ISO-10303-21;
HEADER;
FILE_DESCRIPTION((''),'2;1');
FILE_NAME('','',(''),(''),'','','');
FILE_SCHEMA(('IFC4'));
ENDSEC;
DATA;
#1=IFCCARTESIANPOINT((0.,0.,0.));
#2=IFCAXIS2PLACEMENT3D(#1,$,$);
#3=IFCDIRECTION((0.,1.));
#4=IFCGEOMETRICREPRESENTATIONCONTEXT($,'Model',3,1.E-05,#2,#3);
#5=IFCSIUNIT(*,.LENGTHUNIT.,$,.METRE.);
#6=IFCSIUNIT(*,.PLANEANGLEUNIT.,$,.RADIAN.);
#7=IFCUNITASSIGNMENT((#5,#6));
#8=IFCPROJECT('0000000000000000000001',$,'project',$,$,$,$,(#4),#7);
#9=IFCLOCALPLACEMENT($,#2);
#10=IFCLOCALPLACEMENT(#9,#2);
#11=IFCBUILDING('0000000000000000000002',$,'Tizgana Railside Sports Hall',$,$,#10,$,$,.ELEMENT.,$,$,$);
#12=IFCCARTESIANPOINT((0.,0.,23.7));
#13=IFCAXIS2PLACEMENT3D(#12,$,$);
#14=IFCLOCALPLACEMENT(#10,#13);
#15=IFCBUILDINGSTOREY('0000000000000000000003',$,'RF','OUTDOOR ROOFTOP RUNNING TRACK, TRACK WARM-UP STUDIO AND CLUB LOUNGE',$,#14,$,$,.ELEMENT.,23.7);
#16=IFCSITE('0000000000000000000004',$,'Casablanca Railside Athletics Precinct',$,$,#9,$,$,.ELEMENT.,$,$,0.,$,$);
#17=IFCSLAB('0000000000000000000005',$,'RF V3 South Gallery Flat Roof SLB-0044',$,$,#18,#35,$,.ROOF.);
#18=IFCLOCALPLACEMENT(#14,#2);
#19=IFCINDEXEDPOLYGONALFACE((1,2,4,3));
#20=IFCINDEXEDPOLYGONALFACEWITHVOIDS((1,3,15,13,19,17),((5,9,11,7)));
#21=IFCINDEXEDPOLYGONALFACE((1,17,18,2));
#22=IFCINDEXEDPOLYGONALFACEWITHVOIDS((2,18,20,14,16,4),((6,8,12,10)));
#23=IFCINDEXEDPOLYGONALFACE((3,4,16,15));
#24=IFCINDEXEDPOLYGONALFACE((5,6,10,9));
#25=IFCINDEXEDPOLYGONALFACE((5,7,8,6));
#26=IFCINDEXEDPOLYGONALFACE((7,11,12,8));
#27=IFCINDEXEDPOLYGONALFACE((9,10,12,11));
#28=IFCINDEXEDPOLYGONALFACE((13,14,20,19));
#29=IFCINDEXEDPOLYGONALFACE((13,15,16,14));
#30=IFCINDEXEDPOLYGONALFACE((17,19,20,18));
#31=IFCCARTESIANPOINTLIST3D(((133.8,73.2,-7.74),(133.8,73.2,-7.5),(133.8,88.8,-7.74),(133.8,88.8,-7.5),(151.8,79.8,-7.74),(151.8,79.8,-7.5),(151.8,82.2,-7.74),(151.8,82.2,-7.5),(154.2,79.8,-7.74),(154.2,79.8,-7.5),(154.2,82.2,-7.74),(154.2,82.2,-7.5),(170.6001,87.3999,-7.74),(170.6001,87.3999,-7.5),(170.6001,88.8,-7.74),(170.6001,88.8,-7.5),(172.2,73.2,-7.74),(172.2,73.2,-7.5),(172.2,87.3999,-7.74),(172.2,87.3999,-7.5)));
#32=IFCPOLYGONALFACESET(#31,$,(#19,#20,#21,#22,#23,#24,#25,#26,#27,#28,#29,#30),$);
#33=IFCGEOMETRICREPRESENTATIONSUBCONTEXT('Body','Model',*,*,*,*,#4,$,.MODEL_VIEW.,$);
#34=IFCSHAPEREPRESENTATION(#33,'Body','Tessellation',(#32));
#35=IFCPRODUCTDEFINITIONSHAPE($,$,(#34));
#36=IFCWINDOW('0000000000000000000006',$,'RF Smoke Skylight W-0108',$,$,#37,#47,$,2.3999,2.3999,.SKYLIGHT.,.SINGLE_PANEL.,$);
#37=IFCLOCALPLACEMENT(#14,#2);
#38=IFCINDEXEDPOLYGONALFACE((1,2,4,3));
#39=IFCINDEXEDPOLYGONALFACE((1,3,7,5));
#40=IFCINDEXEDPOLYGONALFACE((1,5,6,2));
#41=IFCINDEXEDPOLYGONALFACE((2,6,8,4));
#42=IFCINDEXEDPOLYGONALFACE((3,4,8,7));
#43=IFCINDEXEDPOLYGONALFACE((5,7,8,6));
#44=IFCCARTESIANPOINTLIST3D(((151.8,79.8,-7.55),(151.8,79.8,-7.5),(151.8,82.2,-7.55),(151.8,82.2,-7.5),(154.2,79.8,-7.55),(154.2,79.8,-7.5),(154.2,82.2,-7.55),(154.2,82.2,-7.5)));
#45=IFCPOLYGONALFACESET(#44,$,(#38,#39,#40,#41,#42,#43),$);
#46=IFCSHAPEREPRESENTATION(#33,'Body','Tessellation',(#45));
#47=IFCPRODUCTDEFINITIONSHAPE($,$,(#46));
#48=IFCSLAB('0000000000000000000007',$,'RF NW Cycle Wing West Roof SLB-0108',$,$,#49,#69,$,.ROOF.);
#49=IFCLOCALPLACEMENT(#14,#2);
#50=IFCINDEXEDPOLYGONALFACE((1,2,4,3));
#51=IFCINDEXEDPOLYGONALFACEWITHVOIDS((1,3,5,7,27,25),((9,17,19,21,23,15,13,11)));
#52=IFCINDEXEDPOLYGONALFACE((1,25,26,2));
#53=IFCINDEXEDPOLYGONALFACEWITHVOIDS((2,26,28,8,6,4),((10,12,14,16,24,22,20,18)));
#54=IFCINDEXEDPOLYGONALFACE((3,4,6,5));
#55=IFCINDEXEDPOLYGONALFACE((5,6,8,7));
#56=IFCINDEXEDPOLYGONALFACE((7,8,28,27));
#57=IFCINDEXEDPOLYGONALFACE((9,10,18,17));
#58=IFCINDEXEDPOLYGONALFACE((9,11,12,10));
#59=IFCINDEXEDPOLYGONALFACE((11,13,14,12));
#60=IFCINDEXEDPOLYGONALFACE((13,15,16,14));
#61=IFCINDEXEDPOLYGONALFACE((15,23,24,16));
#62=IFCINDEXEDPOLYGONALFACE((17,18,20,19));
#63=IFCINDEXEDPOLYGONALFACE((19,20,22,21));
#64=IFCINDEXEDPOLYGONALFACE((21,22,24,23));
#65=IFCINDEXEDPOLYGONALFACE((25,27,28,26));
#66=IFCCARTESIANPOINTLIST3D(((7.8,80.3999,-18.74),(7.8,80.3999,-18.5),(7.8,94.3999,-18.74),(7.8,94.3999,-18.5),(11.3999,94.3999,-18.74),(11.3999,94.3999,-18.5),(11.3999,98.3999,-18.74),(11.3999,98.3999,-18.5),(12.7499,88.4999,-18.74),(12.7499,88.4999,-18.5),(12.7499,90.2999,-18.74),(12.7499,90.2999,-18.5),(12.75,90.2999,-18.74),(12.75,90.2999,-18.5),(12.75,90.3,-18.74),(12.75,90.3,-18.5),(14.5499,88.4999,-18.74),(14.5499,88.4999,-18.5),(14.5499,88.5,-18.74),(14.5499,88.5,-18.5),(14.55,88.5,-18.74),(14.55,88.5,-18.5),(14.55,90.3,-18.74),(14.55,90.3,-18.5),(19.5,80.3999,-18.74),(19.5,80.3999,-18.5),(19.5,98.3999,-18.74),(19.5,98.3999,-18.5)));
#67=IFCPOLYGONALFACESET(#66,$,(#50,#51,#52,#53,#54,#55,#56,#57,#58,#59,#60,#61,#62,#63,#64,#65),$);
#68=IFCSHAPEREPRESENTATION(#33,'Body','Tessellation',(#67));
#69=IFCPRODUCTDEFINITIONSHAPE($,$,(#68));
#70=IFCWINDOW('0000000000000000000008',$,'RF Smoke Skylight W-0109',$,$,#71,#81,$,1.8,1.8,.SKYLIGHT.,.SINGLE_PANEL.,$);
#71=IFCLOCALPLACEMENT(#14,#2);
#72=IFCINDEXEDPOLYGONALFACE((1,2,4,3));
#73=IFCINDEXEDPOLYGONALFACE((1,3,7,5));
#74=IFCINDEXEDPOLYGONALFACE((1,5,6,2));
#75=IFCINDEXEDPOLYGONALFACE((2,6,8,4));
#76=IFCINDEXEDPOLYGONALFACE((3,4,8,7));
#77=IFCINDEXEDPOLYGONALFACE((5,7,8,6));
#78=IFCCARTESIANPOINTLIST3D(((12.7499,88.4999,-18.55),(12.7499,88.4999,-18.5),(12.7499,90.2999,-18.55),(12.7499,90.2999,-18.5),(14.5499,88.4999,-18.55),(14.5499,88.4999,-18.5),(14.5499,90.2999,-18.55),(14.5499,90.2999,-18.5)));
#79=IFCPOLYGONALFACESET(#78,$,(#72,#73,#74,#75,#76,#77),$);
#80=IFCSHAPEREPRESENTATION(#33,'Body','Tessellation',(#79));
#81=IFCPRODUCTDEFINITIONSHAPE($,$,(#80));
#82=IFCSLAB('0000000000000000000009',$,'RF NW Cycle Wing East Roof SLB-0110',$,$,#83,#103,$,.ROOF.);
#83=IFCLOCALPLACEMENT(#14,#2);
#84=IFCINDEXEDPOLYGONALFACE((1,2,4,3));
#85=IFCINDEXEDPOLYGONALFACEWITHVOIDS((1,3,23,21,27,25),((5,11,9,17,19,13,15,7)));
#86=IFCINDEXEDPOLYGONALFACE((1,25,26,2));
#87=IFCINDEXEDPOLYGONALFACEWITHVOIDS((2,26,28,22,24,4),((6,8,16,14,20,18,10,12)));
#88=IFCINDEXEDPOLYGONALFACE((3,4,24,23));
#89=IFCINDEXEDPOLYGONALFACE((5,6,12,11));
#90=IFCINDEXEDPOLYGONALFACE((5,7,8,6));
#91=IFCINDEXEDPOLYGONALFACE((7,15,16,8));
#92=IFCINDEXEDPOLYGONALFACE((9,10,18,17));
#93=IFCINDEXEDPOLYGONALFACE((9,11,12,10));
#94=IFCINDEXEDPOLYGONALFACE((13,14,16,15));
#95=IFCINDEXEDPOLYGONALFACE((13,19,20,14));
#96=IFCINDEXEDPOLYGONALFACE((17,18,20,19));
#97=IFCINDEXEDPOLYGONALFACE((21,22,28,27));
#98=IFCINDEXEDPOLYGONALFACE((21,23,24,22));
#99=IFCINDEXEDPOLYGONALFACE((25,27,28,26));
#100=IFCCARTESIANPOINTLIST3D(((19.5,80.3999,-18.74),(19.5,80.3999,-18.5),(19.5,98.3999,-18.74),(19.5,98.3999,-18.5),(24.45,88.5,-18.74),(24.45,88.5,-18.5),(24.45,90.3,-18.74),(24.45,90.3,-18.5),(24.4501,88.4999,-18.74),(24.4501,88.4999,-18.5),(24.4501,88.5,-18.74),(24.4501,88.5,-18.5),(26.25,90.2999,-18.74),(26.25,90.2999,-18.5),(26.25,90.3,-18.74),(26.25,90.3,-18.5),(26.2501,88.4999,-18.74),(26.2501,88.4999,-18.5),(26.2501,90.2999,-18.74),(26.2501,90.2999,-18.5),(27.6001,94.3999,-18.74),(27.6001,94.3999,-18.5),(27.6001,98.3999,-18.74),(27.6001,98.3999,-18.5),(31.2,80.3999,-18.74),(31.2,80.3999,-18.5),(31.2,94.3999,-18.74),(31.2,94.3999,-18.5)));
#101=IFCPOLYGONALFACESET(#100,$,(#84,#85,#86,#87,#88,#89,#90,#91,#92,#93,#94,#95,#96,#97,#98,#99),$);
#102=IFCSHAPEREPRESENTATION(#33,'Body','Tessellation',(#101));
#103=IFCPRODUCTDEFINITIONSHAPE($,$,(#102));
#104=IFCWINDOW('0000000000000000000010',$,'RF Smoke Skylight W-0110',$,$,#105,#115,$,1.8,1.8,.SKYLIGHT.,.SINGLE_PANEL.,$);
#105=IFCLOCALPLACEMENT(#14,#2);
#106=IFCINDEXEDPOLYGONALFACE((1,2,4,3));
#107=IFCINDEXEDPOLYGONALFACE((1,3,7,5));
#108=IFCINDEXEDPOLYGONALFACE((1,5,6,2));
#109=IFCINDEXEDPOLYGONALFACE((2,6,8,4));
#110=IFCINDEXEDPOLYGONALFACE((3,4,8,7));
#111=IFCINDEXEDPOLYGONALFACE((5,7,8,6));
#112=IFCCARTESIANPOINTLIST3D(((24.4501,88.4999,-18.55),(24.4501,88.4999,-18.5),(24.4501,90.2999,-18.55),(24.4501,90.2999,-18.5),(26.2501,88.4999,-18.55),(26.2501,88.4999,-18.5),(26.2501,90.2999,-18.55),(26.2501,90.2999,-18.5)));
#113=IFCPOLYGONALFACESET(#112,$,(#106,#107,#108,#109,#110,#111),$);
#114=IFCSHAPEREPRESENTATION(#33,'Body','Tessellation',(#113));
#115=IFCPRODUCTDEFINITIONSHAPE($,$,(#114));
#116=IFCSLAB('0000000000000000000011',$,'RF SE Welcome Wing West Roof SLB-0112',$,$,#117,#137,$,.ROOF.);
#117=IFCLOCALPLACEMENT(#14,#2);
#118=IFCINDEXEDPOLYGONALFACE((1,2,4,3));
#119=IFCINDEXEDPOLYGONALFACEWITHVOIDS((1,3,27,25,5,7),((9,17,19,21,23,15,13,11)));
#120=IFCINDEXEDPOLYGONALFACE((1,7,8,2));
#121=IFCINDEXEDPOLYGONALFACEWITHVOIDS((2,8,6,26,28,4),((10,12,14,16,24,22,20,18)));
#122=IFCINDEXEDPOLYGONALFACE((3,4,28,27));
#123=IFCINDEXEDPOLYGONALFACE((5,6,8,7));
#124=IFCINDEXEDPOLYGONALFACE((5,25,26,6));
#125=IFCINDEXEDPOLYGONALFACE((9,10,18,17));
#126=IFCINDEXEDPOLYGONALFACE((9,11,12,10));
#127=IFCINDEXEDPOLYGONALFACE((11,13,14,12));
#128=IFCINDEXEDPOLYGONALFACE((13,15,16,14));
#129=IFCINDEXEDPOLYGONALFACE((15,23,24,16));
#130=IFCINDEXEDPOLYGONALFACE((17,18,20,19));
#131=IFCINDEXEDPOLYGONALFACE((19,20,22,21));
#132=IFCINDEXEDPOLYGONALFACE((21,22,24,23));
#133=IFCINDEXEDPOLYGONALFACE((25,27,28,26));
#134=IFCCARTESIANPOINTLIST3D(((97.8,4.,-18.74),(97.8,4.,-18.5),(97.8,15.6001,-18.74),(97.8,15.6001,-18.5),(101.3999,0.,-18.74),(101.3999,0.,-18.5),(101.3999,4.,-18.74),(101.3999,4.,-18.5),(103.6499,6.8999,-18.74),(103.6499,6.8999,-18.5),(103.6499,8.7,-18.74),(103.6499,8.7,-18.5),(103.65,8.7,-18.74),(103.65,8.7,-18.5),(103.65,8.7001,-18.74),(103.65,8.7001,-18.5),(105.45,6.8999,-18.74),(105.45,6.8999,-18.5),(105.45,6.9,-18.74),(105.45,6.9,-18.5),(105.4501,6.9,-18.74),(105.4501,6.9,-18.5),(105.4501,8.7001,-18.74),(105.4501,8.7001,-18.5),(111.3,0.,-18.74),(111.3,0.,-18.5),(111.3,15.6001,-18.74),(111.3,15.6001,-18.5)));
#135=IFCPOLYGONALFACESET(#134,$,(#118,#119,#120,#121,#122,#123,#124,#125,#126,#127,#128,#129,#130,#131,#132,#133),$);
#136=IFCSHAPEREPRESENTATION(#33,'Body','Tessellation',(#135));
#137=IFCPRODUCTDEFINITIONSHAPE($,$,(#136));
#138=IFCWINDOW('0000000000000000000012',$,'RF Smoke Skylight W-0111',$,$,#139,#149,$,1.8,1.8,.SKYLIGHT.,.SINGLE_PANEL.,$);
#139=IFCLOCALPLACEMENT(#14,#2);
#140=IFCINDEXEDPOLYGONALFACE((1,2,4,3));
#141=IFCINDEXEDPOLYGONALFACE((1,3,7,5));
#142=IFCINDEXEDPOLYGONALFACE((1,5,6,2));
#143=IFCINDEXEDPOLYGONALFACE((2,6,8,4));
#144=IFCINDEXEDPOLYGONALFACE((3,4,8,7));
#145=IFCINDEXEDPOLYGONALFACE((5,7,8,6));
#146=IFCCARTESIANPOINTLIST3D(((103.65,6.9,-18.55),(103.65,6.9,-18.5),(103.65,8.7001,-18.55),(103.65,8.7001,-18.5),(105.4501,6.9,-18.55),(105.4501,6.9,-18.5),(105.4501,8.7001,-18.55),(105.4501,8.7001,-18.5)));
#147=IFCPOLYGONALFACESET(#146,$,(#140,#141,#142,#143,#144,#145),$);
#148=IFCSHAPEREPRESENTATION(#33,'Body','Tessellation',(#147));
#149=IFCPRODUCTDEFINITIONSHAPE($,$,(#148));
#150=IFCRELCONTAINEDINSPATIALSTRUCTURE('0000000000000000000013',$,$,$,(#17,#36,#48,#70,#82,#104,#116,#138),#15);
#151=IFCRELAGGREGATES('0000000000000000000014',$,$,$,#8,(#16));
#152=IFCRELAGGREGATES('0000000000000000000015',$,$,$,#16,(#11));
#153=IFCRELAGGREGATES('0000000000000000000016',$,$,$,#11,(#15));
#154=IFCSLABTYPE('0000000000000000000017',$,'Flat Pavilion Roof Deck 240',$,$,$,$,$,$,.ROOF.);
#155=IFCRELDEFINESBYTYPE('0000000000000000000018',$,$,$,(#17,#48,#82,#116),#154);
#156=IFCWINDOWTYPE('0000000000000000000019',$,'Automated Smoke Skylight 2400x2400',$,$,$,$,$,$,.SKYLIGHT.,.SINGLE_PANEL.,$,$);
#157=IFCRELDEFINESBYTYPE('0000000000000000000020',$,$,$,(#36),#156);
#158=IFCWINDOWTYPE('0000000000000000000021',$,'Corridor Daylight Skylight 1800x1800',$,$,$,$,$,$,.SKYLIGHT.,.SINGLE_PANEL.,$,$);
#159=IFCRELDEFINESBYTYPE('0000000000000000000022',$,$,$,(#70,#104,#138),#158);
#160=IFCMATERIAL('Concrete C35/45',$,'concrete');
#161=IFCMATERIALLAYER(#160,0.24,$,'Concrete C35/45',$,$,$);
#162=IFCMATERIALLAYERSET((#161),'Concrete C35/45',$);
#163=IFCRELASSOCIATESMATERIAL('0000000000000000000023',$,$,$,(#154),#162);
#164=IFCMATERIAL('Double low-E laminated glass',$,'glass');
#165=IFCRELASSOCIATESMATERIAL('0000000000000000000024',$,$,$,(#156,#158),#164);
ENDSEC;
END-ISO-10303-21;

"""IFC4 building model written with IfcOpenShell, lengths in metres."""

from ifc_helpers import new_model, si_unit, direction, frame, origin, origin_2d, place, context, subcontext, project, spatial, polyline, rectangle, outline, extrude, material, layer, layer_set, type_object, element, fill, save


model = new_model("IFC4")

# Units and contexts
model_context = context("Model", 3, precision=1e-05, world=origin(), true_north=direction((0.0, 1.0)))
body_context = subcontext(model_context, "Body", "Model", "MODEL_VIEW")
ifc_project = project(units=[si_unit("LENGTHUNIT", "METRE"), si_unit("PLANEANGLEUNIT", "RADIAN")], contexts=[model_context])

# Site, building, storey
site_placement = place(None, origin())
site = spatial("IfcSite", under=ifc_project, at=site_placement, Name="Casablanca Railside Athletics Precinct", CompositionType="ELEMENT", RefElevation=0.0)
building_placement = place(site_placement, origin())
building = spatial("IfcBuilding", under=site, at=building_placement, Name="Tizgana Railside Sports Hall", CompositionType="ELEMENT")
storey_placement = place(building_placement, frame((0.0, 0.0, 23.7)))
storey = spatial("IfcBuildingStorey", under=building, at=storey_placement, Name="RF", Description="OUTDOOR ROOFTOP RUNNING TRACK, TRACK WARM-UP STUDIO AND CLUB LOUNGE", CompositionType="ELEMENT", Elevation=23.7)

# Shared definitions
ifc_material_1 = material(Name="Concrete C35/45", Category="concrete")
ifc_layer = layer(ifc_material_1, 0.24, Name="Concrete C35/45")
ifc_layer_set = layer_set([ifc_layer], Name="Concrete C35/45")
slab_type = type_object("IfcSlabType", Name="Flat Pavilion Roof Deck 240", PredefinedType="ROOF", material=ifc_layer_set)
ifc_material_2 = material(Name="Double low-E laminated glass", Category="glass")
window_type_1 = type_object("IfcWindowType", Name="Automated Smoke Skylight 2400x2400", PartitioningType="SINGLE_PANEL", PredefinedType="SKYLIGHT", material=ifc_material_2)

# Slabs, openings, windows
slab_1_placement = place(storey_placement, frame((0.0, 0.0, -7.74)))
slab_1 = element("IfcSlab", 1, at=slab_1_placement, inside=storey, type_object=slab_type, Name="RF V3 South Gallery Flat Roof SLB-0044", PredefinedType="ROOF", context=body_context, shape_type="SweptSolid", body=[
    extrude(outline(polyline([(133.8, 73.2), (172.2, 73.2), (172.2, 87.3999), (170.6001, 87.3999), (170.6001, 88.8), (133.8, 88.8), (133.8, 73.2)]), holes=[polyline([(151.8, 79.8), (154.2, 79.8), (154.2, 82.2), (151.8, 82.2), (151.8, 79.8)])]), origin(), (0.0, 0.0, 1.0), 0.24),
])
opening_1_placement = place(slab_1_placement, frame((153.0, 81.0, 0.0)))
opening_1 = element("IfcOpeningElement", 2, at=opening_1_placement, cuts=slab_1, PredefinedType="OPENING", context=body_context, shape_type="SweptSolid", body=[
    extrude(rectangle(XDim=2.3999, YDim=2.3999, at=origin_2d()), origin(), (0.0, 0.0, 1.0), 0.24),
])
window_1_placement = place(opening_1_placement, frame((0.0, 0.0, 0.1899)))
window_1 = element("IfcWindow", 3, at=window_1_placement, inside=storey, type_object=window_type_1, Name="RF Smoke Skylight W-0108", OverallHeight=2.3999, OverallWidth=2.3999, PartitioningType="SINGLE_PANEL", PredefinedType="SKYLIGHT", context=body_context, shape_type="SweptSolid", body=[
    extrude(rectangle(XDim=2.3999, YDim=2.3999, at=origin_2d()), origin(), (0.0, 0.0, 1.0), 0.05),
])
fill(opening_1, window_1)
slab_2_placement = place(storey_placement, frame((0.0, 0.0, -18.74)))
slab_2 = element("IfcSlab", 4, at=slab_2_placement, inside=storey, type_object=slab_type, Name="RF NW Cycle Wing West Roof SLB-0108", PredefinedType="ROOF", context=body_context, shape_type="SweptSolid", body=[
    extrude(outline(polyline([(7.8, 80.3999), (19.5, 80.3999), (19.5, 98.3999), (11.3999, 98.3999), (11.3999, 94.3999), (7.8, 94.3999), (7.8, 80.3999)]), holes=[polyline([(12.75, 88.5), (14.55, 88.5), (14.55, 90.3), (12.75, 90.3), (12.75, 88.5)])]), origin(), (0.0, 0.0, 1.0), 0.24),
])
opening_2_placement = place(slab_2_placement, frame((13.6499, 89.3999, 0.0)))
opening_2 = element("IfcOpeningElement", 5, at=opening_2_placement, cuts=slab_2, PredefinedType="OPENING", context=body_context, shape_type="SweptSolid", body=[
    extrude(rectangle(XDim=1.8, YDim=1.8, at=origin_2d()), origin(), (0.0, 0.0, 1.0), 0.24),
])
window_type_2 = type_object("IfcWindowType", Name="Corridor Daylight Skylight 1800x1800", PartitioningType="SINGLE_PANEL", PredefinedType="SKYLIGHT", material=ifc_material_2)
window_2_placement = place(opening_2_placement, frame((0.0, 0.0, 0.1899)))
window_2 = element("IfcWindow", 6, at=window_2_placement, inside=storey, type_object=window_type_2, Name="RF Smoke Skylight W-0109", OverallHeight=1.8, OverallWidth=1.8, PartitioningType="SINGLE_PANEL", PredefinedType="SKYLIGHT", context=body_context, shape_type="SweptSolid", body=[
    extrude(rectangle(XDim=1.8, YDim=1.8, at=origin_2d()), origin(), (0.0, 0.0, 1.0), 0.05),
])
fill(opening_2, window_2)
slab_3_placement = place(storey_placement, frame((0.0, 0.0, -18.74)))
slab_3 = element("IfcSlab", 7, at=slab_3_placement, inside=storey, type_object=slab_type, Name="RF NW Cycle Wing East Roof SLB-0110", PredefinedType="ROOF", context=body_context, shape_type="SweptSolid", body=[
    extrude(outline(polyline([(19.5, 80.3999), (31.2, 80.3999), (31.2, 94.3999), (27.6001, 94.3999), (27.6001, 98.3999), (19.5, 98.3999), (19.5, 80.3999)]), holes=[polyline([(24.45, 88.5), (26.25, 88.5), (26.25, 90.3), (24.45, 90.3), (24.45, 88.5)])]), origin(), (0.0, 0.0, 1.0), 0.24),
])
opening_3_placement = place(slab_3_placement, frame((25.3501, 89.3999, 0.0)))
opening_3 = element("IfcOpeningElement", 8, at=opening_3_placement, cuts=slab_3, PredefinedType="OPENING", context=body_context, shape_type="SweptSolid", body=[
    extrude(rectangle(XDim=1.8, YDim=1.8, at=origin_2d()), origin(), (0.0, 0.0, 1.0), 0.24),
])
window_3_placement = place(opening_3_placement, frame((0.0, 0.0, 0.1899)))
window_3 = element("IfcWindow", 9, at=window_3_placement, inside=storey, type_object=window_type_2, Name="RF Smoke Skylight W-0110", OverallHeight=1.8, OverallWidth=1.8, PartitioningType="SINGLE_PANEL", PredefinedType="SKYLIGHT", context=body_context, shape_type="SweptSolid", body=[
    extrude(rectangle(XDim=1.8, YDim=1.8, at=origin_2d()), origin(), (0.0, 0.0, 1.0), 0.05),
])
fill(opening_3, window_3)
slab_4_placement = place(storey_placement, frame((0.0, 0.0, -18.74)))
slab_4 = element("IfcSlab", 10, at=slab_4_placement, inside=storey, type_object=slab_type, Name="RF SE Welcome Wing West Roof SLB-0112", PredefinedType="ROOF", context=body_context, shape_type="SweptSolid", body=[
    extrude(outline(polyline([(101.3999, 0.0), (111.3, 0.0), (111.3, 15.6001), (97.8, 15.6001), (97.8, 4.0), (101.3999, 4.0), (101.3999, 0.0)]), holes=[polyline([(103.6499, 6.8999), (105.45, 6.8999), (105.45, 8.7), (103.6499, 8.7), (103.6499, 6.8999)])]), origin(), (0.0, 0.0, 1.0), 0.24),
])
opening_4_placement = place(slab_4_placement, frame((104.55, 7.8, 0.0)))
opening_4 = element("IfcOpeningElement", 11, at=opening_4_placement, cuts=slab_4, PredefinedType="OPENING", context=body_context, shape_type="SweptSolid", body=[
    extrude(rectangle(XDim=1.8, YDim=1.8, at=origin_2d()), origin(), (0.0, 0.0, 1.0), 0.24),
])
window_4_placement = place(opening_4_placement, frame((0.0, 0.0, 0.1899)))
window_4 = element("IfcWindow", 12, at=window_4_placement, inside=storey, type_object=window_type_2, Name="RF Smoke Skylight W-0111", OverallHeight=1.8, OverallWidth=1.8, PartitioningType="SINGLE_PANEL", PredefinedType="SKYLIGHT", context=body_context, shape_type="SweptSolid", body=[
    extrude(rectangle(XDim=1.8, YDim=1.8, at=origin_2d()), origin(), (0.0, 0.0, 1.0), 0.05),
])
fill(opening_4, window_4)

save(model, "model.ifc")
